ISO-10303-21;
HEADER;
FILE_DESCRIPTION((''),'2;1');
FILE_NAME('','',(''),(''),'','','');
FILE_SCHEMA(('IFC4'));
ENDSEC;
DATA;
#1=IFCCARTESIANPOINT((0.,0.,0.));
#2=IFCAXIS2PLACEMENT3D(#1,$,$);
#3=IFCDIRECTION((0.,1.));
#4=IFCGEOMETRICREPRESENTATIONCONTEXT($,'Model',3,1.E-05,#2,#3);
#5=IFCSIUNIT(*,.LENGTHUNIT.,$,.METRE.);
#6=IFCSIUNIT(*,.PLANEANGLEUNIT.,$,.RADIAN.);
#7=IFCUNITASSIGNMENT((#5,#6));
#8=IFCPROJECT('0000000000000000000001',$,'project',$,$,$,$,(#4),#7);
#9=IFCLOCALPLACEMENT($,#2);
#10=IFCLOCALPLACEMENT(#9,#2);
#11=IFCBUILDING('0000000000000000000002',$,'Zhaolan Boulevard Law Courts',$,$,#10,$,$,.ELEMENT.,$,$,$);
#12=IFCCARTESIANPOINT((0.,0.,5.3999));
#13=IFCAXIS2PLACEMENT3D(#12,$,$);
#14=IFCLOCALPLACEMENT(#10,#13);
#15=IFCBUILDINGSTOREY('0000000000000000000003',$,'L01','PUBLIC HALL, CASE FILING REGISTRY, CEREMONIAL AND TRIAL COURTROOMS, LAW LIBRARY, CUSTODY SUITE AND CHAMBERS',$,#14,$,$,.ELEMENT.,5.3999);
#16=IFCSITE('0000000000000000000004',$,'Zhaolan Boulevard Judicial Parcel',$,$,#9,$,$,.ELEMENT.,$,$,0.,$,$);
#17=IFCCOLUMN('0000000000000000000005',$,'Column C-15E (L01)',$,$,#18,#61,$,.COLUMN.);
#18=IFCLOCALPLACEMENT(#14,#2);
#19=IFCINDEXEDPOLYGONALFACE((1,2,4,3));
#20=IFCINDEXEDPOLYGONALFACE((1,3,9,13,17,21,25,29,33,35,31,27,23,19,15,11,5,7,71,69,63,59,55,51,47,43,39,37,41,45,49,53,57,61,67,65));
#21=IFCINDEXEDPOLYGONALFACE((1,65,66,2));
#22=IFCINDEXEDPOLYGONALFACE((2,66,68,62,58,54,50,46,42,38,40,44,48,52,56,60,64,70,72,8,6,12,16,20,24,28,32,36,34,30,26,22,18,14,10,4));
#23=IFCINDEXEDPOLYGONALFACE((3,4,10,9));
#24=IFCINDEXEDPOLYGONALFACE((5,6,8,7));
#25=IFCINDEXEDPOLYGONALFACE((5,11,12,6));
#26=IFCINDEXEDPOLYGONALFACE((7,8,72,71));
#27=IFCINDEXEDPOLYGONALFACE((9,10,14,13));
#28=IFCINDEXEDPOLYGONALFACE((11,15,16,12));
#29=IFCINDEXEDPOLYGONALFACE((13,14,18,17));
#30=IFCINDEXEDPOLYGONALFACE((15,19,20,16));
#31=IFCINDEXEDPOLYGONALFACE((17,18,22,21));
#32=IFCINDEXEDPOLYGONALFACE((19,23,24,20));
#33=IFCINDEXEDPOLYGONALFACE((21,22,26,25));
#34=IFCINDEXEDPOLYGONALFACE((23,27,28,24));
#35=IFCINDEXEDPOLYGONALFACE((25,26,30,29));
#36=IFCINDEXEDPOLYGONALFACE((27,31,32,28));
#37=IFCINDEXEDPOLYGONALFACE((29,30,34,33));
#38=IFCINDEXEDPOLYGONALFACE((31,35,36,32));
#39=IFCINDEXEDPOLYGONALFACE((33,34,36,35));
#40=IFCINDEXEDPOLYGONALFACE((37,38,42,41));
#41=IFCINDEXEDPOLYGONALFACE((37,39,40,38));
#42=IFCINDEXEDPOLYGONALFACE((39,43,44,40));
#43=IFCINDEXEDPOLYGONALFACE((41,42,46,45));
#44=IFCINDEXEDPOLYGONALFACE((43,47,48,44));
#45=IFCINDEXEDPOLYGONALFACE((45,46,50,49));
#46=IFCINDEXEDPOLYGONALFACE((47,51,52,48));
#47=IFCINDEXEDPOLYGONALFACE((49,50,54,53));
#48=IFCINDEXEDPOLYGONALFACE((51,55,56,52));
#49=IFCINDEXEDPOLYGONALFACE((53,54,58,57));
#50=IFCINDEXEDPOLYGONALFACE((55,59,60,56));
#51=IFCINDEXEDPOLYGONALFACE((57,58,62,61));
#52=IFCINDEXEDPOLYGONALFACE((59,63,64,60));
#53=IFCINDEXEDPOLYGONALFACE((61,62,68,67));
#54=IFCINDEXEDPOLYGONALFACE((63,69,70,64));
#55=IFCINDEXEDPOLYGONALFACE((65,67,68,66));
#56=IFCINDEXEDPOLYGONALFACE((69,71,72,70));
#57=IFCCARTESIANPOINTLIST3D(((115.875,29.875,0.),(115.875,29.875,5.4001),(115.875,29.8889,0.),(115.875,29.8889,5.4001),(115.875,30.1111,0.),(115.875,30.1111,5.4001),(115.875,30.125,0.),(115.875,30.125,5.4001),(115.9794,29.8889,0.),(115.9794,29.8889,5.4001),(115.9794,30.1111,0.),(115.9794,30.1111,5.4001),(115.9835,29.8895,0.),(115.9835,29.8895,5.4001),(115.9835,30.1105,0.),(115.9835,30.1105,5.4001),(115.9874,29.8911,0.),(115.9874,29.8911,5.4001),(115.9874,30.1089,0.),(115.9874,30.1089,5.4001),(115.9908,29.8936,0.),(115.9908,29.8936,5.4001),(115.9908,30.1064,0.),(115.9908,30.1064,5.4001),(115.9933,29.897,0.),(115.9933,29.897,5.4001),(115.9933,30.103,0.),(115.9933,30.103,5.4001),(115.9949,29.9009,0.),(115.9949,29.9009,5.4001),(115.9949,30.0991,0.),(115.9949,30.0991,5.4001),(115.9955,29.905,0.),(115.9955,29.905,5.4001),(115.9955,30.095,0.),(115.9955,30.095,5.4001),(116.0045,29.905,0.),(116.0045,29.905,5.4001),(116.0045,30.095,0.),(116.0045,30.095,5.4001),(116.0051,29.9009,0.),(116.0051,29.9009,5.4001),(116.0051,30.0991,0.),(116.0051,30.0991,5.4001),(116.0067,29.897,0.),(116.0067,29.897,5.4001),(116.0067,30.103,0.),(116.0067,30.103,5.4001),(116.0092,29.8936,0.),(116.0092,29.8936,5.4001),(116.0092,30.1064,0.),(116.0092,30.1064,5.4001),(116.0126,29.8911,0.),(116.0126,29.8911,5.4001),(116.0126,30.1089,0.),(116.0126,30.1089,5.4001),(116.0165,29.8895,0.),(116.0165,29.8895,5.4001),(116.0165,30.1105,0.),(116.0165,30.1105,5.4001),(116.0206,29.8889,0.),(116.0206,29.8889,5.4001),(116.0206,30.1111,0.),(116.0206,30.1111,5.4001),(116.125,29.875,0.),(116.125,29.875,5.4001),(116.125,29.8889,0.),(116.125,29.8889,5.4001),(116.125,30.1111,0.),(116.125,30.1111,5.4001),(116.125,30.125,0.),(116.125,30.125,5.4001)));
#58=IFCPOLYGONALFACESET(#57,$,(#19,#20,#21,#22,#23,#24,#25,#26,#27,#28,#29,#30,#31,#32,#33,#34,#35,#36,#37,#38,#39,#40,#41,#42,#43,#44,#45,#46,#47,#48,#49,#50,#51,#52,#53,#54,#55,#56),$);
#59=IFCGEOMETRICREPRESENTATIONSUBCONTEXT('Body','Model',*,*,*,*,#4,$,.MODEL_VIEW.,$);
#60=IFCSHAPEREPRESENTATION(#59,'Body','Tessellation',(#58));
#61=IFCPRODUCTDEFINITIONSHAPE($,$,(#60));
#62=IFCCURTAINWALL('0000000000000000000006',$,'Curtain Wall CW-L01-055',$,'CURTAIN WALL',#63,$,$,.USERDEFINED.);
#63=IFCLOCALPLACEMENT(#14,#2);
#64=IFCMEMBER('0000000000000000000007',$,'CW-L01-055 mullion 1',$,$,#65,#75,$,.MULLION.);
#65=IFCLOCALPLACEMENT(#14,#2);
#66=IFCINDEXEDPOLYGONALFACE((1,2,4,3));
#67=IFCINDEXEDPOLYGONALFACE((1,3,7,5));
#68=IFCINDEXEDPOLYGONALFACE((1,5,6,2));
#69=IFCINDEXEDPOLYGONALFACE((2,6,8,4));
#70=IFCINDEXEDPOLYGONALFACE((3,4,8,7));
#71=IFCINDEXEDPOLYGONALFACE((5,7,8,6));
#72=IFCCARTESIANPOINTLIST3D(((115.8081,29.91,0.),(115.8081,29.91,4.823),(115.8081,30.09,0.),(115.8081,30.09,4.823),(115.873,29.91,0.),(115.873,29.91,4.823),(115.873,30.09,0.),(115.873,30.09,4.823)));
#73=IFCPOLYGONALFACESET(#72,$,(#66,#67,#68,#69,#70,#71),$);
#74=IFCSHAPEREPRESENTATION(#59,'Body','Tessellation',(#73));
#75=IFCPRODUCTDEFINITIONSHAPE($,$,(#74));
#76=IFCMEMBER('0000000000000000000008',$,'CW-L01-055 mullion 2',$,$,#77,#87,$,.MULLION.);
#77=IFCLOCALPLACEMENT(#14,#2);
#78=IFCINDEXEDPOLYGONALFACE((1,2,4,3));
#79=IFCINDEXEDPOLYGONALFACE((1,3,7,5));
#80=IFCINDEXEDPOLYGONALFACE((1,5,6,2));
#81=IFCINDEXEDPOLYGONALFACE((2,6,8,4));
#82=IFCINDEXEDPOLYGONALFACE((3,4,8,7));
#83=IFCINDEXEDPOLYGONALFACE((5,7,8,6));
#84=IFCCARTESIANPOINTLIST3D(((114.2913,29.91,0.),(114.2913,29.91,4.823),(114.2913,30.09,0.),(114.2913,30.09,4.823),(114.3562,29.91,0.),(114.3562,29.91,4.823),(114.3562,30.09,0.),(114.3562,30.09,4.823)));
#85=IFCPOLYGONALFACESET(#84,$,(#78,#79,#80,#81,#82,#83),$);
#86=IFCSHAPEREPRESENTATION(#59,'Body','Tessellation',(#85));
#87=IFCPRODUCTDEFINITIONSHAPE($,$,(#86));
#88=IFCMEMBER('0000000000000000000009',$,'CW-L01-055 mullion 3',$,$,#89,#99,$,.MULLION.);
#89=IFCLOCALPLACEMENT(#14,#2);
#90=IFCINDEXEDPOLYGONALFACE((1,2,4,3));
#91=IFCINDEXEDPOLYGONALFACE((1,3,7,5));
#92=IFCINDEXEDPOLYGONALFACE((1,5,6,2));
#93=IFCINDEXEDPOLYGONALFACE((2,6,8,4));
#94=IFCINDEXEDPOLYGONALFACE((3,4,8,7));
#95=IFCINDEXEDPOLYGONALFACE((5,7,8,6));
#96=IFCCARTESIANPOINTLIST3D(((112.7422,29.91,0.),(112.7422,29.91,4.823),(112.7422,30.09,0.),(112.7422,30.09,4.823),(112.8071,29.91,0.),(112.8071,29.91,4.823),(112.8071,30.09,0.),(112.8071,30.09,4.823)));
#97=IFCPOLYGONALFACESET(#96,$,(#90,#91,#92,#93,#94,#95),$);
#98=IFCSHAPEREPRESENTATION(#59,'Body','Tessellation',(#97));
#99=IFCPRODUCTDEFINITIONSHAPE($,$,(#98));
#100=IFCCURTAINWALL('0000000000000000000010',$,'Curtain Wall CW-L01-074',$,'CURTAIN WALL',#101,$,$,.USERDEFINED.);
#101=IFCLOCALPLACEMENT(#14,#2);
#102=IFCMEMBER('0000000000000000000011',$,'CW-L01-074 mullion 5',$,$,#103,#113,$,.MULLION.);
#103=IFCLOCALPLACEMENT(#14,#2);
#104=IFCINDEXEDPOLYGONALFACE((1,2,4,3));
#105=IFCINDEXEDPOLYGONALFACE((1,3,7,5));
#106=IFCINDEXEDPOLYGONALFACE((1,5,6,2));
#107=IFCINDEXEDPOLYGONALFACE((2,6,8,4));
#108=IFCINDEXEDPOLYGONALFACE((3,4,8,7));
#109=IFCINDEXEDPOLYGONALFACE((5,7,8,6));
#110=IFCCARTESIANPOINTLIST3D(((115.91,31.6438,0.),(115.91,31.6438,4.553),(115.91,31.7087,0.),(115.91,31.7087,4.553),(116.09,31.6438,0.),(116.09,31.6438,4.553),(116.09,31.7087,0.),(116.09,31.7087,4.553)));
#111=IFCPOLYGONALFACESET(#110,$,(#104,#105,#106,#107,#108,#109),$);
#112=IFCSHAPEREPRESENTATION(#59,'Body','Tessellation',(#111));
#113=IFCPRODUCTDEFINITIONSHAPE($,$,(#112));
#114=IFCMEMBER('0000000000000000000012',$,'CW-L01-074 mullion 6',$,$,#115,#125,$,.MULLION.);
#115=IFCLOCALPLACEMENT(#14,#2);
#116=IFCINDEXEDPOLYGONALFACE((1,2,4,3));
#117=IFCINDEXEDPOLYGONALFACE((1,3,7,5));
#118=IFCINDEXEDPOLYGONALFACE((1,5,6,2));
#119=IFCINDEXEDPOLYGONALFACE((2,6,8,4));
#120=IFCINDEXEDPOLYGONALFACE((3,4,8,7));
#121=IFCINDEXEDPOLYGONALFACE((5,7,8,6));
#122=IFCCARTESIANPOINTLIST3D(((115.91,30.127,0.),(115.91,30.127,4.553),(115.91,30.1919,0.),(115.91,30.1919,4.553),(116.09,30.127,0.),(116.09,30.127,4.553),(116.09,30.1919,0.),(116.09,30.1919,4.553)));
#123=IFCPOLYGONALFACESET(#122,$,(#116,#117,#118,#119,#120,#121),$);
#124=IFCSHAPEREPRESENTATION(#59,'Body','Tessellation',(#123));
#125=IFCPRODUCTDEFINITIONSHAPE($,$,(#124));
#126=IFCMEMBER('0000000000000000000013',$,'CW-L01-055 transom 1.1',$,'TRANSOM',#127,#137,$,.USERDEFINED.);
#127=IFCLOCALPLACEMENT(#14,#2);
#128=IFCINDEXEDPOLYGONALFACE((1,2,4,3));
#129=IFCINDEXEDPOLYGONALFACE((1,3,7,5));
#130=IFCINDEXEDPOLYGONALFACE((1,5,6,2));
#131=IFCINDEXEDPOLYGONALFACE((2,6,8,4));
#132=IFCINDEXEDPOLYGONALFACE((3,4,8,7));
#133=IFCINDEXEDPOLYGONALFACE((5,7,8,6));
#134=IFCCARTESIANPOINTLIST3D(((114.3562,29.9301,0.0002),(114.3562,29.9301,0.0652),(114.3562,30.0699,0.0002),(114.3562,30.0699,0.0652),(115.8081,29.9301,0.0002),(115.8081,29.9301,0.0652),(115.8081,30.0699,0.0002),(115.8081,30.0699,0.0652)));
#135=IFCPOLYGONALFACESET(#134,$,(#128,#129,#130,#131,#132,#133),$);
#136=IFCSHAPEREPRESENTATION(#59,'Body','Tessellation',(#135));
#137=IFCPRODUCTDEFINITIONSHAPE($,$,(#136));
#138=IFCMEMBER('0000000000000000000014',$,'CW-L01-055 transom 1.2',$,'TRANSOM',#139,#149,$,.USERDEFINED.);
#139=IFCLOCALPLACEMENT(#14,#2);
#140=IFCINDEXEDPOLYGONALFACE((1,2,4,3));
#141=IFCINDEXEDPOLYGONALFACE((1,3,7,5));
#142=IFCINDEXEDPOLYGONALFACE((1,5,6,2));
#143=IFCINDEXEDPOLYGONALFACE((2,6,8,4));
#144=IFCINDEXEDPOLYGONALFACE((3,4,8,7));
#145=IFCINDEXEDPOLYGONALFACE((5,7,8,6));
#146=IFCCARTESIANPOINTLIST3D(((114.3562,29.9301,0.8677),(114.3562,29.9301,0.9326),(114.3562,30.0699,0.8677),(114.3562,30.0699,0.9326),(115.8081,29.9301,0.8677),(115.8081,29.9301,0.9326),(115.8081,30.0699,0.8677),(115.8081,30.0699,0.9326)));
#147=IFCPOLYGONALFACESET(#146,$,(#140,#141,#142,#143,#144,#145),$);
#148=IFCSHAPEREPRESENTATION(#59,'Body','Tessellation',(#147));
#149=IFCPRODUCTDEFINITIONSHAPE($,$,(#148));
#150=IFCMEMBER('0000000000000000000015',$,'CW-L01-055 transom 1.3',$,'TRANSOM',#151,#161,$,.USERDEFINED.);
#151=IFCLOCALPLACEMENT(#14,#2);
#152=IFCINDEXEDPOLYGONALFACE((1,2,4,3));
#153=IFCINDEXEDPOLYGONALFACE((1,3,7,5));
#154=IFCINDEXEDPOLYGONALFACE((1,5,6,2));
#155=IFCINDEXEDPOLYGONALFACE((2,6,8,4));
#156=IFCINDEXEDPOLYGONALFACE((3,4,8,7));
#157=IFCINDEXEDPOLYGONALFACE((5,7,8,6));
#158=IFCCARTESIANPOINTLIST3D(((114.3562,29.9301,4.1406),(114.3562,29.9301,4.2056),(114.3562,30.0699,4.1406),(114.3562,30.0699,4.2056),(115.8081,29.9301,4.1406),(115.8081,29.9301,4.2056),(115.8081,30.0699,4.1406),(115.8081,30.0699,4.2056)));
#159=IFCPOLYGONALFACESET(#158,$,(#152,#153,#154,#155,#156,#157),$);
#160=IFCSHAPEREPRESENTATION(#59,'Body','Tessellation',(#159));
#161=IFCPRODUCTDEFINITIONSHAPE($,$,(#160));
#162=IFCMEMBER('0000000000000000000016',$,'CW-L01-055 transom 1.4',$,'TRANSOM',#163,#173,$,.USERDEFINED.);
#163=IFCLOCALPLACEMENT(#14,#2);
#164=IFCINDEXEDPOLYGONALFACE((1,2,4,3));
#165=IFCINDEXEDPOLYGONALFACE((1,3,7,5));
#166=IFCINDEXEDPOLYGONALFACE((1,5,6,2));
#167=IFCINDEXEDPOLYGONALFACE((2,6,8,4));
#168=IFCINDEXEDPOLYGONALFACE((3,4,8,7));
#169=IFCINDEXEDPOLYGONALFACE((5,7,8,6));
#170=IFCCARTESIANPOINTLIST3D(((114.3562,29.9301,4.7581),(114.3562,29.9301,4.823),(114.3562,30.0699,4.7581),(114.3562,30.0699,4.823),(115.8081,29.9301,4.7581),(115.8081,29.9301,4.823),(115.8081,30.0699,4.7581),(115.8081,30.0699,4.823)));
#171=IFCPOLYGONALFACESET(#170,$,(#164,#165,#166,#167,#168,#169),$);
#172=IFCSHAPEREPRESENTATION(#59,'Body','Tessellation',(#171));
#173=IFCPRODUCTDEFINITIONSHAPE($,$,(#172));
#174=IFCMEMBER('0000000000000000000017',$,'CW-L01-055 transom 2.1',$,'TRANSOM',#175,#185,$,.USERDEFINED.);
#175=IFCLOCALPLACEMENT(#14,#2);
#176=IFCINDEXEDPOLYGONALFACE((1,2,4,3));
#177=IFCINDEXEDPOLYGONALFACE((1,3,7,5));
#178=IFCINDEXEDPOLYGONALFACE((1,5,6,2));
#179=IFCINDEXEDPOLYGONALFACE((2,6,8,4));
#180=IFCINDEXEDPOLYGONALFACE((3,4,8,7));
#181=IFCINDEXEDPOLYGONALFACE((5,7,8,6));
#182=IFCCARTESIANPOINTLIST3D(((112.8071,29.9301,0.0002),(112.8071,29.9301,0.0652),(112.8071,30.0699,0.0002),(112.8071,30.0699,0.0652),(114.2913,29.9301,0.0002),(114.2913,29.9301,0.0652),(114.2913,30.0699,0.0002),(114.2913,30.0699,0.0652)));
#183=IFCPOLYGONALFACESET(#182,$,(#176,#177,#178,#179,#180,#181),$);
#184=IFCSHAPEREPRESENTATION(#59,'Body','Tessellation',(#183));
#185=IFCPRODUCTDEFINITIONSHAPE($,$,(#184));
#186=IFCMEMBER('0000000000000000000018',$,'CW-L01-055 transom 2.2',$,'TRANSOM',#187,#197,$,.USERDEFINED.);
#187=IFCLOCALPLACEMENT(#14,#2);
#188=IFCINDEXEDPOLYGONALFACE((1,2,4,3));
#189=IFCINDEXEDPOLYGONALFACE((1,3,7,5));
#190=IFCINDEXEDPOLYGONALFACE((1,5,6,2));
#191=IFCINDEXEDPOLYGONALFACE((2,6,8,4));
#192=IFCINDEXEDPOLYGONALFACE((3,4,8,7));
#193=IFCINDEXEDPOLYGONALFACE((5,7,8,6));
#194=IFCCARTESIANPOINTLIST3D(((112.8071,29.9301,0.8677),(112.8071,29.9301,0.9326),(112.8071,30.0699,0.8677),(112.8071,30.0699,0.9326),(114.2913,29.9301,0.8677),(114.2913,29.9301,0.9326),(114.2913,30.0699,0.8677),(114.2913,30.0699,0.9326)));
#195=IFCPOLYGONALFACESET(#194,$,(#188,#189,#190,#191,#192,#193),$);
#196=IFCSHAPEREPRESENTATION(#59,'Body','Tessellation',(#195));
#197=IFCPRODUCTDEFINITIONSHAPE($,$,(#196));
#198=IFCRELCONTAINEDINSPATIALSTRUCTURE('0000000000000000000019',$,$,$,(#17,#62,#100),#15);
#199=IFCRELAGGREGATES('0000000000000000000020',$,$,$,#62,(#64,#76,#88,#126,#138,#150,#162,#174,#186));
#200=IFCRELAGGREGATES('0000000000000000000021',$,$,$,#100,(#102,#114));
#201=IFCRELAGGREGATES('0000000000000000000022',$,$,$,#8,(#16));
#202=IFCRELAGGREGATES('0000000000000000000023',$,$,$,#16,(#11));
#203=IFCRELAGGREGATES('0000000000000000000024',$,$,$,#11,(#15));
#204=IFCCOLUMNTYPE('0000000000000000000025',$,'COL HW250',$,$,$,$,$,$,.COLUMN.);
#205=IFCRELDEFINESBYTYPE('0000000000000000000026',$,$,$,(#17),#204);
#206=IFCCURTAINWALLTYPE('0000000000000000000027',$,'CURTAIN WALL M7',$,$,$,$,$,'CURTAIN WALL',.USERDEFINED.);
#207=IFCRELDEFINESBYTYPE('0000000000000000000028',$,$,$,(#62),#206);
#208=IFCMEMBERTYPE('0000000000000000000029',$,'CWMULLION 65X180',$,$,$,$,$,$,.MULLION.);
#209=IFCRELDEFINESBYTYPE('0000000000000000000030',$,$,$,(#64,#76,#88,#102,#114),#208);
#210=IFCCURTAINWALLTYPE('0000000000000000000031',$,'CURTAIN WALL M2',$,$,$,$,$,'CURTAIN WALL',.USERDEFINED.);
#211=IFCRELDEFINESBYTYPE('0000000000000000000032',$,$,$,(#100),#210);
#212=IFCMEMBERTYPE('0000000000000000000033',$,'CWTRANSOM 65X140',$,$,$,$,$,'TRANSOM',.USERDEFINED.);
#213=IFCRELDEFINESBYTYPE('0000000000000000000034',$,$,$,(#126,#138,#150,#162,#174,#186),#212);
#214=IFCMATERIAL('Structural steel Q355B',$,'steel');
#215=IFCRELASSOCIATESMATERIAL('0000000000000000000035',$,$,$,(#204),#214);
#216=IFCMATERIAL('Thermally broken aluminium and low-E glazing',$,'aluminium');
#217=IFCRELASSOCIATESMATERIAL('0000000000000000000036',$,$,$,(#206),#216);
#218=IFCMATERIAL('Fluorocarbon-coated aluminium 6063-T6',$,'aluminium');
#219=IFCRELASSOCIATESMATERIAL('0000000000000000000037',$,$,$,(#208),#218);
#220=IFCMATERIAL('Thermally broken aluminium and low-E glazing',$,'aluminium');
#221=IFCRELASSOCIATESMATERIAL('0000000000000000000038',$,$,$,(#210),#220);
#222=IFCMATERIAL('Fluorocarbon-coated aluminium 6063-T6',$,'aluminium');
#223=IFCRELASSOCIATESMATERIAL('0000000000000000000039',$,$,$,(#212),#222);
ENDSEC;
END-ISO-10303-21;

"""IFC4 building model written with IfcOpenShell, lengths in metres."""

from ifc_helpers import new_model, si_unit, direction, frame, origin, origin_2d, place, context, subcontext, project, spatial, rectangle, i_section, extrude, material, material_profile, profile_set, type_object, element, aggregate, save


model = new_model("IFC4")

# Units and contexts
model_context = context("Model", 3, precision=1e-05, world=origin(), true_north=direction((0.0, 1.0)))
body_context = subcontext(model_context, "Body", "Model", "MODEL_VIEW")
ifc_project = project(units=[si_unit("LENGTHUNIT", "METRE"), si_unit("PLANEANGLEUNIT", "RADIAN")], contexts=[model_context])

# Site, building, storey
site_placement = place(None, origin())
site = spatial("IfcSite", under=ifc_project, at=site_placement, Name="Zhaolan Boulevard Judicial Parcel", CompositionType="ELEMENT", RefElevation=0.0)
building_placement = place(site_placement, origin())
building = spatial("IfcBuilding", under=site, at=building_placement, Name="Zhaolan Boulevard Law Courts", CompositionType="ELEMENT")
storey_placement = place(building_placement, frame((0.0, 0.0, 5.3999)))
storey = spatial("IfcBuildingStorey", under=building, at=storey_placement, Name="L01", Description="PUBLIC HALL, CASE FILING REGISTRY, CEREMONIAL AND TRIAL COURTROOMS, LAW LIBRARY, CUSTODY SUITE AND CHAMBERS", CompositionType="ELEMENT", Elevation=5.3999)

# Column
ifc_material_1 = material(Name="Structural steel Q355B", Category="steel")
ifc_material_profile_1 = material_profile(ifc_material_1, i_section(OverallWidth=0.25, OverallDepth=0.25, WebThickness=0.009, FlangeThickness=0.0139, FilletRadius=0.0161, at=origin_2d()), Name="HW250x250")
ifc_profile_set_1 = profile_set([ifc_material_profile_1], Name="Structural steel Q355B")
column_type = type_object("IfcColumnType", Name="COL HW250", PredefinedType="COLUMN", material=ifc_profile_set_1)
column_placement = place(storey_placement, frame((116.0, 30.0, 0.0), z_axis=(0.0, 0.0, 1.0), x_axis=(1.0, 0.0, 0.0)))
element("IfcColumn", 1, at=column_placement, inside=storey, type_object=column_type, Name="Column C-15E (L01)", PredefinedType="COLUMN", context=body_context, shape_type="SweptSolid", body=[
    extrude(i_section(OverallWidth=0.25, OverallDepth=0.25, WebThickness=0.009, FlangeThickness=0.0139, FilletRadius=0.0161, at=origin_2d()), origin(), (0.0, 0.0, 1.0), 5.4001),
])

# Curtain walls, members
ifc_material_2 = material(Name="Thermally broken aluminium and low-E glazing", Category="aluminium")
curtain_wall_type_1 = type_object("IfcCurtainWallType", Name="CURTAIN WALL M7", ElementType="CURTAIN WALL", PredefinedType="USERDEFINED", material=ifc_material_2)
curtain_wall_1_placement = place(storey_placement, origin())
curtain_wall_1 = element("IfcCurtainWall", 2, at=curtain_wall_1_placement, inside=storey, type_object=curtain_wall_type_1, Name="Curtain Wall CW-L01-055", ObjectType="CURTAIN WALL", PredefinedType="USERDEFINED")
ifc_material_3 = material(Name="Fluorocarbon-coated aluminium 6063-T6", Category="aluminium")
ifc_material_profile_2 = material_profile(ifc_material_3, rectangle(XDim=0.1799, YDim=0.0649, at=origin_2d()), Name="AL65x180")
ifc_profile_set_2 = profile_set([ifc_material_profile_2], Name="Fluorocarbon-coated aluminium 6063-T6")
member_type_1 = type_object("IfcMemberType", Name="CWMULLION 65X180", PredefinedType="MULLION", material=ifc_profile_set_2)
member_1_placement = place(storey_placement, frame((115.8406, 30.0, 0.0), z_axis=(0.0, 0.0, 1.0), x_axis=(0.0, -1.0, 0.0)))
member_1 = element("IfcMember", 3, at=member_1_placement, type_object=member_type_1, Name="CW-L01-055 mullion 1", PredefinedType="MULLION", context=body_context, shape_type="SweptSolid", body=[
    extrude(rectangle(XDim=0.1799, YDim=0.0649, at=origin_2d()), origin(), (0.0, 0.0, 1.0), 4.823),
])
member_2_placement = place(storey_placement, frame((114.3237, 30.0, 0.0), z_axis=(0.0, 0.0, 1.0), x_axis=(0.0, -1.0, 0.0)))
member_2 = element("IfcMember", 4, at=member_2_placement, type_object=member_type_1, Name="CW-L01-055 mullion 2", PredefinedType="MULLION", context=body_context, shape_type="SweptSolid", body=[
    extrude(rectangle(XDim=0.1799, YDim=0.0649, at=origin_2d()), origin(), (0.0, 0.0, 1.0), 4.823),
])
member_3_placement = place(storey_placement, frame((112.7747, 30.0, 0.0), z_axis=(0.0, 0.0, 1.0), x_axis=(0.0, -1.0, 0.0)))
member_3 = element("IfcMember", 5, at=member_3_placement, type_object=member_type_1, Name="CW-L01-055 mullion 3", PredefinedType="MULLION", context=body_context, shape_type="SweptSolid", body=[
    extrude(rectangle(XDim=0.1799, YDim=0.0649, at=origin_2d()), origin(), (0.0, 0.0, 1.0), 4.823),
])
ifc_material_4 = material(Name="Thermally broken aluminium and low-E glazing", Category="aluminium")
curtain_wall_type_2 = type_object("IfcCurtainWallType", Name="CURTAIN WALL M2", ElementType="CURTAIN WALL", PredefinedType="USERDEFINED", material=ifc_material_4)
curtain_wall_2_placement = place(storey_placement, origin())
curtain_wall_2 = element("IfcCurtainWall", 6, at=curtain_wall_2_placement, inside=storey, type_object=curtain_wall_type_2, Name="Curtain Wall CW-L01-074", ObjectType="CURTAIN WALL", PredefinedType="USERDEFINED")
member_4_placement = place(storey_placement, frame((116.0, 31.6763, 0.0), z_axis=(0.0, 0.0, 1.0), x_axis=(1.0, 0.0, 0.0)))
member_4 = element("IfcMember", 7, at=member_4_placement, type_object=member_type_1, Name="CW-L01-074 mullion 5", PredefinedType="MULLION", context=body_context, shape_type="SweptSolid", body=[
    extrude(rectangle(XDim=0.1799, YDim=0.0649, at=origin_2d()), origin(), (0.0, 0.0, 1.0), 4.553),
])
member_5_placement = place(storey_placement, frame((116.0, 30.1594, 0.0), z_axis=(0.0, 0.0, 1.0), x_axis=(1.0, 0.0, 0.0)))
member_5 = element("IfcMember", 8, at=member_5_placement, type_object=member_type_1, Name="CW-L01-074 mullion 6", PredefinedType="MULLION", context=body_context, shape_type="SweptSolid", body=[
    extrude(rectangle(XDim=0.1799, YDim=0.0649, at=origin_2d()), origin(), (0.0, 0.0, 1.0), 4.553),
])

# Members
ifc_material_5 = material(Name="Fluorocarbon-coated aluminium 6063-T6", Category="aluminium")
ifc_material_profile_3 = material_profile(ifc_material_5, rectangle(XDim=0.1399, YDim=0.0649, at=origin_2d()), Name="AL65x140")
ifc_profile_set_3 = profile_set([ifc_material_profile_3], Name="Fluorocarbon-coated aluminium 6063-T6")
member_type_2 = type_object("IfcMemberType", Name="CWTRANSOM 65X140", ElementType="TRANSOM", PredefinedType="USERDEFINED", material=ifc_profile_set_3)
member_6_placement = place(storey_placement, frame((115.8081, 30.0, 0.0327), z_axis=(-1.0, 0.0, 0.0), x_axis=(0.0, -1.0, 0.0)))
member_6 = element("IfcMember", 9, at=member_6_placement, type_object=member_type_2, Name="CW-L01-055 transom 1.1", ObjectType="TRANSOM", PredefinedType="USERDEFINED", context=body_context, shape_type="SweptSolid", body=[
    extrude(rectangle(XDim=0.1399, YDim=0.0649, at=origin_2d()), origin(), (0.0, 0.0, 1.0), 1.4519),
])
member_7_placement = place(storey_placement, frame((115.8081, 30.0, 0.9001), z_axis=(-1.0, 0.0, 0.0), x_axis=(0.0, -1.0, 0.0)))
member_7 = element("IfcMember", 10, at=member_7_placement, type_object=member_type_2, Name="CW-L01-055 transom 1.2", ObjectType="TRANSOM", PredefinedType="USERDEFINED", context=body_context, shape_type="SweptSolid", body=[
    extrude(rectangle(XDim=0.1399, YDim=0.0649, at=origin_2d()), origin(), (0.0, 0.0, 1.0), 1.4519),
])
member_8_placement = place(storey_placement, frame((115.8081, 30.0, 4.1731), z_axis=(-1.0, 0.0, 0.0), x_axis=(0.0, -1.0, 0.0)))
member_8 = element("IfcMember", 11, at=member_8_placement, type_object=member_type_2, Name="CW-L01-055 transom 1.3", ObjectType="TRANSOM", PredefinedType="USERDEFINED", context=body_context, shape_type="SweptSolid", body=[
    extrude(rectangle(XDim=0.1399, YDim=0.0649, at=origin_2d()), origin(), (0.0, 0.0, 1.0), 1.4519),
])
member_9_placement = place(storey_placement, frame((115.8081, 30.0, 4.7905), z_axis=(-1.0, 0.0, 0.0), x_axis=(0.0, -1.0, 0.0)))
member_9 = element("IfcMember", 12, at=member_9_placement, type_object=member_type_2, Name="CW-L01-055 transom 1.4", ObjectType="TRANSOM", PredefinedType="USERDEFINED", context=body_context, shape_type="SweptSolid", body=[
    extrude(rectangle(XDim=0.1399, YDim=0.0649, at=origin_2d()), origin(), (0.0, 0.0, 1.0), 1.4519),
])
member_10_placement = place(storey_placement, frame((114.2913, 30.0, 0.0327), z_axis=(-1.0, 0.0, 0.0), x_axis=(0.0, -1.0, 0.0)))
member_10 = element("IfcMember", 13, at=member_10_placement, type_object=member_type_2, Name="CW-L01-055 transom 2.1", ObjectType="TRANSOM", PredefinedType="USERDEFINED", context=body_context, shape_type="SweptSolid", body=[
    extrude(rectangle(XDim=0.1399, YDim=0.0649, at=origin_2d()), origin(), (0.0, 0.0, 1.0), 1.4841),
])
member_11_placement = place(storey_placement, frame((114.2913, 30.0, 0.9001), z_axis=(-1.0, 0.0, 0.0), x_axis=(0.0, -1.0, 0.0)))
member_11 = element("IfcMember", 14, at=member_11_placement, type_object=member_type_2, Name="CW-L01-055 transom 2.2", ObjectType="TRANSOM", PredefinedType="USERDEFINED", context=body_context, shape_type="SweptSolid", body=[
    extrude(rectangle(XDim=0.1399, YDim=0.0649, at=origin_2d()), origin(), (0.0, 0.0, 1.0), 1.4841),
])

aggregate(curtain_wall_1, [member_1, member_2, member_3, member_6, member_7, member_8, member_9, member_10, member_11])
aggregate(curtain_wall_2, [member_4, member_5])

save(model, "model.ifc")
